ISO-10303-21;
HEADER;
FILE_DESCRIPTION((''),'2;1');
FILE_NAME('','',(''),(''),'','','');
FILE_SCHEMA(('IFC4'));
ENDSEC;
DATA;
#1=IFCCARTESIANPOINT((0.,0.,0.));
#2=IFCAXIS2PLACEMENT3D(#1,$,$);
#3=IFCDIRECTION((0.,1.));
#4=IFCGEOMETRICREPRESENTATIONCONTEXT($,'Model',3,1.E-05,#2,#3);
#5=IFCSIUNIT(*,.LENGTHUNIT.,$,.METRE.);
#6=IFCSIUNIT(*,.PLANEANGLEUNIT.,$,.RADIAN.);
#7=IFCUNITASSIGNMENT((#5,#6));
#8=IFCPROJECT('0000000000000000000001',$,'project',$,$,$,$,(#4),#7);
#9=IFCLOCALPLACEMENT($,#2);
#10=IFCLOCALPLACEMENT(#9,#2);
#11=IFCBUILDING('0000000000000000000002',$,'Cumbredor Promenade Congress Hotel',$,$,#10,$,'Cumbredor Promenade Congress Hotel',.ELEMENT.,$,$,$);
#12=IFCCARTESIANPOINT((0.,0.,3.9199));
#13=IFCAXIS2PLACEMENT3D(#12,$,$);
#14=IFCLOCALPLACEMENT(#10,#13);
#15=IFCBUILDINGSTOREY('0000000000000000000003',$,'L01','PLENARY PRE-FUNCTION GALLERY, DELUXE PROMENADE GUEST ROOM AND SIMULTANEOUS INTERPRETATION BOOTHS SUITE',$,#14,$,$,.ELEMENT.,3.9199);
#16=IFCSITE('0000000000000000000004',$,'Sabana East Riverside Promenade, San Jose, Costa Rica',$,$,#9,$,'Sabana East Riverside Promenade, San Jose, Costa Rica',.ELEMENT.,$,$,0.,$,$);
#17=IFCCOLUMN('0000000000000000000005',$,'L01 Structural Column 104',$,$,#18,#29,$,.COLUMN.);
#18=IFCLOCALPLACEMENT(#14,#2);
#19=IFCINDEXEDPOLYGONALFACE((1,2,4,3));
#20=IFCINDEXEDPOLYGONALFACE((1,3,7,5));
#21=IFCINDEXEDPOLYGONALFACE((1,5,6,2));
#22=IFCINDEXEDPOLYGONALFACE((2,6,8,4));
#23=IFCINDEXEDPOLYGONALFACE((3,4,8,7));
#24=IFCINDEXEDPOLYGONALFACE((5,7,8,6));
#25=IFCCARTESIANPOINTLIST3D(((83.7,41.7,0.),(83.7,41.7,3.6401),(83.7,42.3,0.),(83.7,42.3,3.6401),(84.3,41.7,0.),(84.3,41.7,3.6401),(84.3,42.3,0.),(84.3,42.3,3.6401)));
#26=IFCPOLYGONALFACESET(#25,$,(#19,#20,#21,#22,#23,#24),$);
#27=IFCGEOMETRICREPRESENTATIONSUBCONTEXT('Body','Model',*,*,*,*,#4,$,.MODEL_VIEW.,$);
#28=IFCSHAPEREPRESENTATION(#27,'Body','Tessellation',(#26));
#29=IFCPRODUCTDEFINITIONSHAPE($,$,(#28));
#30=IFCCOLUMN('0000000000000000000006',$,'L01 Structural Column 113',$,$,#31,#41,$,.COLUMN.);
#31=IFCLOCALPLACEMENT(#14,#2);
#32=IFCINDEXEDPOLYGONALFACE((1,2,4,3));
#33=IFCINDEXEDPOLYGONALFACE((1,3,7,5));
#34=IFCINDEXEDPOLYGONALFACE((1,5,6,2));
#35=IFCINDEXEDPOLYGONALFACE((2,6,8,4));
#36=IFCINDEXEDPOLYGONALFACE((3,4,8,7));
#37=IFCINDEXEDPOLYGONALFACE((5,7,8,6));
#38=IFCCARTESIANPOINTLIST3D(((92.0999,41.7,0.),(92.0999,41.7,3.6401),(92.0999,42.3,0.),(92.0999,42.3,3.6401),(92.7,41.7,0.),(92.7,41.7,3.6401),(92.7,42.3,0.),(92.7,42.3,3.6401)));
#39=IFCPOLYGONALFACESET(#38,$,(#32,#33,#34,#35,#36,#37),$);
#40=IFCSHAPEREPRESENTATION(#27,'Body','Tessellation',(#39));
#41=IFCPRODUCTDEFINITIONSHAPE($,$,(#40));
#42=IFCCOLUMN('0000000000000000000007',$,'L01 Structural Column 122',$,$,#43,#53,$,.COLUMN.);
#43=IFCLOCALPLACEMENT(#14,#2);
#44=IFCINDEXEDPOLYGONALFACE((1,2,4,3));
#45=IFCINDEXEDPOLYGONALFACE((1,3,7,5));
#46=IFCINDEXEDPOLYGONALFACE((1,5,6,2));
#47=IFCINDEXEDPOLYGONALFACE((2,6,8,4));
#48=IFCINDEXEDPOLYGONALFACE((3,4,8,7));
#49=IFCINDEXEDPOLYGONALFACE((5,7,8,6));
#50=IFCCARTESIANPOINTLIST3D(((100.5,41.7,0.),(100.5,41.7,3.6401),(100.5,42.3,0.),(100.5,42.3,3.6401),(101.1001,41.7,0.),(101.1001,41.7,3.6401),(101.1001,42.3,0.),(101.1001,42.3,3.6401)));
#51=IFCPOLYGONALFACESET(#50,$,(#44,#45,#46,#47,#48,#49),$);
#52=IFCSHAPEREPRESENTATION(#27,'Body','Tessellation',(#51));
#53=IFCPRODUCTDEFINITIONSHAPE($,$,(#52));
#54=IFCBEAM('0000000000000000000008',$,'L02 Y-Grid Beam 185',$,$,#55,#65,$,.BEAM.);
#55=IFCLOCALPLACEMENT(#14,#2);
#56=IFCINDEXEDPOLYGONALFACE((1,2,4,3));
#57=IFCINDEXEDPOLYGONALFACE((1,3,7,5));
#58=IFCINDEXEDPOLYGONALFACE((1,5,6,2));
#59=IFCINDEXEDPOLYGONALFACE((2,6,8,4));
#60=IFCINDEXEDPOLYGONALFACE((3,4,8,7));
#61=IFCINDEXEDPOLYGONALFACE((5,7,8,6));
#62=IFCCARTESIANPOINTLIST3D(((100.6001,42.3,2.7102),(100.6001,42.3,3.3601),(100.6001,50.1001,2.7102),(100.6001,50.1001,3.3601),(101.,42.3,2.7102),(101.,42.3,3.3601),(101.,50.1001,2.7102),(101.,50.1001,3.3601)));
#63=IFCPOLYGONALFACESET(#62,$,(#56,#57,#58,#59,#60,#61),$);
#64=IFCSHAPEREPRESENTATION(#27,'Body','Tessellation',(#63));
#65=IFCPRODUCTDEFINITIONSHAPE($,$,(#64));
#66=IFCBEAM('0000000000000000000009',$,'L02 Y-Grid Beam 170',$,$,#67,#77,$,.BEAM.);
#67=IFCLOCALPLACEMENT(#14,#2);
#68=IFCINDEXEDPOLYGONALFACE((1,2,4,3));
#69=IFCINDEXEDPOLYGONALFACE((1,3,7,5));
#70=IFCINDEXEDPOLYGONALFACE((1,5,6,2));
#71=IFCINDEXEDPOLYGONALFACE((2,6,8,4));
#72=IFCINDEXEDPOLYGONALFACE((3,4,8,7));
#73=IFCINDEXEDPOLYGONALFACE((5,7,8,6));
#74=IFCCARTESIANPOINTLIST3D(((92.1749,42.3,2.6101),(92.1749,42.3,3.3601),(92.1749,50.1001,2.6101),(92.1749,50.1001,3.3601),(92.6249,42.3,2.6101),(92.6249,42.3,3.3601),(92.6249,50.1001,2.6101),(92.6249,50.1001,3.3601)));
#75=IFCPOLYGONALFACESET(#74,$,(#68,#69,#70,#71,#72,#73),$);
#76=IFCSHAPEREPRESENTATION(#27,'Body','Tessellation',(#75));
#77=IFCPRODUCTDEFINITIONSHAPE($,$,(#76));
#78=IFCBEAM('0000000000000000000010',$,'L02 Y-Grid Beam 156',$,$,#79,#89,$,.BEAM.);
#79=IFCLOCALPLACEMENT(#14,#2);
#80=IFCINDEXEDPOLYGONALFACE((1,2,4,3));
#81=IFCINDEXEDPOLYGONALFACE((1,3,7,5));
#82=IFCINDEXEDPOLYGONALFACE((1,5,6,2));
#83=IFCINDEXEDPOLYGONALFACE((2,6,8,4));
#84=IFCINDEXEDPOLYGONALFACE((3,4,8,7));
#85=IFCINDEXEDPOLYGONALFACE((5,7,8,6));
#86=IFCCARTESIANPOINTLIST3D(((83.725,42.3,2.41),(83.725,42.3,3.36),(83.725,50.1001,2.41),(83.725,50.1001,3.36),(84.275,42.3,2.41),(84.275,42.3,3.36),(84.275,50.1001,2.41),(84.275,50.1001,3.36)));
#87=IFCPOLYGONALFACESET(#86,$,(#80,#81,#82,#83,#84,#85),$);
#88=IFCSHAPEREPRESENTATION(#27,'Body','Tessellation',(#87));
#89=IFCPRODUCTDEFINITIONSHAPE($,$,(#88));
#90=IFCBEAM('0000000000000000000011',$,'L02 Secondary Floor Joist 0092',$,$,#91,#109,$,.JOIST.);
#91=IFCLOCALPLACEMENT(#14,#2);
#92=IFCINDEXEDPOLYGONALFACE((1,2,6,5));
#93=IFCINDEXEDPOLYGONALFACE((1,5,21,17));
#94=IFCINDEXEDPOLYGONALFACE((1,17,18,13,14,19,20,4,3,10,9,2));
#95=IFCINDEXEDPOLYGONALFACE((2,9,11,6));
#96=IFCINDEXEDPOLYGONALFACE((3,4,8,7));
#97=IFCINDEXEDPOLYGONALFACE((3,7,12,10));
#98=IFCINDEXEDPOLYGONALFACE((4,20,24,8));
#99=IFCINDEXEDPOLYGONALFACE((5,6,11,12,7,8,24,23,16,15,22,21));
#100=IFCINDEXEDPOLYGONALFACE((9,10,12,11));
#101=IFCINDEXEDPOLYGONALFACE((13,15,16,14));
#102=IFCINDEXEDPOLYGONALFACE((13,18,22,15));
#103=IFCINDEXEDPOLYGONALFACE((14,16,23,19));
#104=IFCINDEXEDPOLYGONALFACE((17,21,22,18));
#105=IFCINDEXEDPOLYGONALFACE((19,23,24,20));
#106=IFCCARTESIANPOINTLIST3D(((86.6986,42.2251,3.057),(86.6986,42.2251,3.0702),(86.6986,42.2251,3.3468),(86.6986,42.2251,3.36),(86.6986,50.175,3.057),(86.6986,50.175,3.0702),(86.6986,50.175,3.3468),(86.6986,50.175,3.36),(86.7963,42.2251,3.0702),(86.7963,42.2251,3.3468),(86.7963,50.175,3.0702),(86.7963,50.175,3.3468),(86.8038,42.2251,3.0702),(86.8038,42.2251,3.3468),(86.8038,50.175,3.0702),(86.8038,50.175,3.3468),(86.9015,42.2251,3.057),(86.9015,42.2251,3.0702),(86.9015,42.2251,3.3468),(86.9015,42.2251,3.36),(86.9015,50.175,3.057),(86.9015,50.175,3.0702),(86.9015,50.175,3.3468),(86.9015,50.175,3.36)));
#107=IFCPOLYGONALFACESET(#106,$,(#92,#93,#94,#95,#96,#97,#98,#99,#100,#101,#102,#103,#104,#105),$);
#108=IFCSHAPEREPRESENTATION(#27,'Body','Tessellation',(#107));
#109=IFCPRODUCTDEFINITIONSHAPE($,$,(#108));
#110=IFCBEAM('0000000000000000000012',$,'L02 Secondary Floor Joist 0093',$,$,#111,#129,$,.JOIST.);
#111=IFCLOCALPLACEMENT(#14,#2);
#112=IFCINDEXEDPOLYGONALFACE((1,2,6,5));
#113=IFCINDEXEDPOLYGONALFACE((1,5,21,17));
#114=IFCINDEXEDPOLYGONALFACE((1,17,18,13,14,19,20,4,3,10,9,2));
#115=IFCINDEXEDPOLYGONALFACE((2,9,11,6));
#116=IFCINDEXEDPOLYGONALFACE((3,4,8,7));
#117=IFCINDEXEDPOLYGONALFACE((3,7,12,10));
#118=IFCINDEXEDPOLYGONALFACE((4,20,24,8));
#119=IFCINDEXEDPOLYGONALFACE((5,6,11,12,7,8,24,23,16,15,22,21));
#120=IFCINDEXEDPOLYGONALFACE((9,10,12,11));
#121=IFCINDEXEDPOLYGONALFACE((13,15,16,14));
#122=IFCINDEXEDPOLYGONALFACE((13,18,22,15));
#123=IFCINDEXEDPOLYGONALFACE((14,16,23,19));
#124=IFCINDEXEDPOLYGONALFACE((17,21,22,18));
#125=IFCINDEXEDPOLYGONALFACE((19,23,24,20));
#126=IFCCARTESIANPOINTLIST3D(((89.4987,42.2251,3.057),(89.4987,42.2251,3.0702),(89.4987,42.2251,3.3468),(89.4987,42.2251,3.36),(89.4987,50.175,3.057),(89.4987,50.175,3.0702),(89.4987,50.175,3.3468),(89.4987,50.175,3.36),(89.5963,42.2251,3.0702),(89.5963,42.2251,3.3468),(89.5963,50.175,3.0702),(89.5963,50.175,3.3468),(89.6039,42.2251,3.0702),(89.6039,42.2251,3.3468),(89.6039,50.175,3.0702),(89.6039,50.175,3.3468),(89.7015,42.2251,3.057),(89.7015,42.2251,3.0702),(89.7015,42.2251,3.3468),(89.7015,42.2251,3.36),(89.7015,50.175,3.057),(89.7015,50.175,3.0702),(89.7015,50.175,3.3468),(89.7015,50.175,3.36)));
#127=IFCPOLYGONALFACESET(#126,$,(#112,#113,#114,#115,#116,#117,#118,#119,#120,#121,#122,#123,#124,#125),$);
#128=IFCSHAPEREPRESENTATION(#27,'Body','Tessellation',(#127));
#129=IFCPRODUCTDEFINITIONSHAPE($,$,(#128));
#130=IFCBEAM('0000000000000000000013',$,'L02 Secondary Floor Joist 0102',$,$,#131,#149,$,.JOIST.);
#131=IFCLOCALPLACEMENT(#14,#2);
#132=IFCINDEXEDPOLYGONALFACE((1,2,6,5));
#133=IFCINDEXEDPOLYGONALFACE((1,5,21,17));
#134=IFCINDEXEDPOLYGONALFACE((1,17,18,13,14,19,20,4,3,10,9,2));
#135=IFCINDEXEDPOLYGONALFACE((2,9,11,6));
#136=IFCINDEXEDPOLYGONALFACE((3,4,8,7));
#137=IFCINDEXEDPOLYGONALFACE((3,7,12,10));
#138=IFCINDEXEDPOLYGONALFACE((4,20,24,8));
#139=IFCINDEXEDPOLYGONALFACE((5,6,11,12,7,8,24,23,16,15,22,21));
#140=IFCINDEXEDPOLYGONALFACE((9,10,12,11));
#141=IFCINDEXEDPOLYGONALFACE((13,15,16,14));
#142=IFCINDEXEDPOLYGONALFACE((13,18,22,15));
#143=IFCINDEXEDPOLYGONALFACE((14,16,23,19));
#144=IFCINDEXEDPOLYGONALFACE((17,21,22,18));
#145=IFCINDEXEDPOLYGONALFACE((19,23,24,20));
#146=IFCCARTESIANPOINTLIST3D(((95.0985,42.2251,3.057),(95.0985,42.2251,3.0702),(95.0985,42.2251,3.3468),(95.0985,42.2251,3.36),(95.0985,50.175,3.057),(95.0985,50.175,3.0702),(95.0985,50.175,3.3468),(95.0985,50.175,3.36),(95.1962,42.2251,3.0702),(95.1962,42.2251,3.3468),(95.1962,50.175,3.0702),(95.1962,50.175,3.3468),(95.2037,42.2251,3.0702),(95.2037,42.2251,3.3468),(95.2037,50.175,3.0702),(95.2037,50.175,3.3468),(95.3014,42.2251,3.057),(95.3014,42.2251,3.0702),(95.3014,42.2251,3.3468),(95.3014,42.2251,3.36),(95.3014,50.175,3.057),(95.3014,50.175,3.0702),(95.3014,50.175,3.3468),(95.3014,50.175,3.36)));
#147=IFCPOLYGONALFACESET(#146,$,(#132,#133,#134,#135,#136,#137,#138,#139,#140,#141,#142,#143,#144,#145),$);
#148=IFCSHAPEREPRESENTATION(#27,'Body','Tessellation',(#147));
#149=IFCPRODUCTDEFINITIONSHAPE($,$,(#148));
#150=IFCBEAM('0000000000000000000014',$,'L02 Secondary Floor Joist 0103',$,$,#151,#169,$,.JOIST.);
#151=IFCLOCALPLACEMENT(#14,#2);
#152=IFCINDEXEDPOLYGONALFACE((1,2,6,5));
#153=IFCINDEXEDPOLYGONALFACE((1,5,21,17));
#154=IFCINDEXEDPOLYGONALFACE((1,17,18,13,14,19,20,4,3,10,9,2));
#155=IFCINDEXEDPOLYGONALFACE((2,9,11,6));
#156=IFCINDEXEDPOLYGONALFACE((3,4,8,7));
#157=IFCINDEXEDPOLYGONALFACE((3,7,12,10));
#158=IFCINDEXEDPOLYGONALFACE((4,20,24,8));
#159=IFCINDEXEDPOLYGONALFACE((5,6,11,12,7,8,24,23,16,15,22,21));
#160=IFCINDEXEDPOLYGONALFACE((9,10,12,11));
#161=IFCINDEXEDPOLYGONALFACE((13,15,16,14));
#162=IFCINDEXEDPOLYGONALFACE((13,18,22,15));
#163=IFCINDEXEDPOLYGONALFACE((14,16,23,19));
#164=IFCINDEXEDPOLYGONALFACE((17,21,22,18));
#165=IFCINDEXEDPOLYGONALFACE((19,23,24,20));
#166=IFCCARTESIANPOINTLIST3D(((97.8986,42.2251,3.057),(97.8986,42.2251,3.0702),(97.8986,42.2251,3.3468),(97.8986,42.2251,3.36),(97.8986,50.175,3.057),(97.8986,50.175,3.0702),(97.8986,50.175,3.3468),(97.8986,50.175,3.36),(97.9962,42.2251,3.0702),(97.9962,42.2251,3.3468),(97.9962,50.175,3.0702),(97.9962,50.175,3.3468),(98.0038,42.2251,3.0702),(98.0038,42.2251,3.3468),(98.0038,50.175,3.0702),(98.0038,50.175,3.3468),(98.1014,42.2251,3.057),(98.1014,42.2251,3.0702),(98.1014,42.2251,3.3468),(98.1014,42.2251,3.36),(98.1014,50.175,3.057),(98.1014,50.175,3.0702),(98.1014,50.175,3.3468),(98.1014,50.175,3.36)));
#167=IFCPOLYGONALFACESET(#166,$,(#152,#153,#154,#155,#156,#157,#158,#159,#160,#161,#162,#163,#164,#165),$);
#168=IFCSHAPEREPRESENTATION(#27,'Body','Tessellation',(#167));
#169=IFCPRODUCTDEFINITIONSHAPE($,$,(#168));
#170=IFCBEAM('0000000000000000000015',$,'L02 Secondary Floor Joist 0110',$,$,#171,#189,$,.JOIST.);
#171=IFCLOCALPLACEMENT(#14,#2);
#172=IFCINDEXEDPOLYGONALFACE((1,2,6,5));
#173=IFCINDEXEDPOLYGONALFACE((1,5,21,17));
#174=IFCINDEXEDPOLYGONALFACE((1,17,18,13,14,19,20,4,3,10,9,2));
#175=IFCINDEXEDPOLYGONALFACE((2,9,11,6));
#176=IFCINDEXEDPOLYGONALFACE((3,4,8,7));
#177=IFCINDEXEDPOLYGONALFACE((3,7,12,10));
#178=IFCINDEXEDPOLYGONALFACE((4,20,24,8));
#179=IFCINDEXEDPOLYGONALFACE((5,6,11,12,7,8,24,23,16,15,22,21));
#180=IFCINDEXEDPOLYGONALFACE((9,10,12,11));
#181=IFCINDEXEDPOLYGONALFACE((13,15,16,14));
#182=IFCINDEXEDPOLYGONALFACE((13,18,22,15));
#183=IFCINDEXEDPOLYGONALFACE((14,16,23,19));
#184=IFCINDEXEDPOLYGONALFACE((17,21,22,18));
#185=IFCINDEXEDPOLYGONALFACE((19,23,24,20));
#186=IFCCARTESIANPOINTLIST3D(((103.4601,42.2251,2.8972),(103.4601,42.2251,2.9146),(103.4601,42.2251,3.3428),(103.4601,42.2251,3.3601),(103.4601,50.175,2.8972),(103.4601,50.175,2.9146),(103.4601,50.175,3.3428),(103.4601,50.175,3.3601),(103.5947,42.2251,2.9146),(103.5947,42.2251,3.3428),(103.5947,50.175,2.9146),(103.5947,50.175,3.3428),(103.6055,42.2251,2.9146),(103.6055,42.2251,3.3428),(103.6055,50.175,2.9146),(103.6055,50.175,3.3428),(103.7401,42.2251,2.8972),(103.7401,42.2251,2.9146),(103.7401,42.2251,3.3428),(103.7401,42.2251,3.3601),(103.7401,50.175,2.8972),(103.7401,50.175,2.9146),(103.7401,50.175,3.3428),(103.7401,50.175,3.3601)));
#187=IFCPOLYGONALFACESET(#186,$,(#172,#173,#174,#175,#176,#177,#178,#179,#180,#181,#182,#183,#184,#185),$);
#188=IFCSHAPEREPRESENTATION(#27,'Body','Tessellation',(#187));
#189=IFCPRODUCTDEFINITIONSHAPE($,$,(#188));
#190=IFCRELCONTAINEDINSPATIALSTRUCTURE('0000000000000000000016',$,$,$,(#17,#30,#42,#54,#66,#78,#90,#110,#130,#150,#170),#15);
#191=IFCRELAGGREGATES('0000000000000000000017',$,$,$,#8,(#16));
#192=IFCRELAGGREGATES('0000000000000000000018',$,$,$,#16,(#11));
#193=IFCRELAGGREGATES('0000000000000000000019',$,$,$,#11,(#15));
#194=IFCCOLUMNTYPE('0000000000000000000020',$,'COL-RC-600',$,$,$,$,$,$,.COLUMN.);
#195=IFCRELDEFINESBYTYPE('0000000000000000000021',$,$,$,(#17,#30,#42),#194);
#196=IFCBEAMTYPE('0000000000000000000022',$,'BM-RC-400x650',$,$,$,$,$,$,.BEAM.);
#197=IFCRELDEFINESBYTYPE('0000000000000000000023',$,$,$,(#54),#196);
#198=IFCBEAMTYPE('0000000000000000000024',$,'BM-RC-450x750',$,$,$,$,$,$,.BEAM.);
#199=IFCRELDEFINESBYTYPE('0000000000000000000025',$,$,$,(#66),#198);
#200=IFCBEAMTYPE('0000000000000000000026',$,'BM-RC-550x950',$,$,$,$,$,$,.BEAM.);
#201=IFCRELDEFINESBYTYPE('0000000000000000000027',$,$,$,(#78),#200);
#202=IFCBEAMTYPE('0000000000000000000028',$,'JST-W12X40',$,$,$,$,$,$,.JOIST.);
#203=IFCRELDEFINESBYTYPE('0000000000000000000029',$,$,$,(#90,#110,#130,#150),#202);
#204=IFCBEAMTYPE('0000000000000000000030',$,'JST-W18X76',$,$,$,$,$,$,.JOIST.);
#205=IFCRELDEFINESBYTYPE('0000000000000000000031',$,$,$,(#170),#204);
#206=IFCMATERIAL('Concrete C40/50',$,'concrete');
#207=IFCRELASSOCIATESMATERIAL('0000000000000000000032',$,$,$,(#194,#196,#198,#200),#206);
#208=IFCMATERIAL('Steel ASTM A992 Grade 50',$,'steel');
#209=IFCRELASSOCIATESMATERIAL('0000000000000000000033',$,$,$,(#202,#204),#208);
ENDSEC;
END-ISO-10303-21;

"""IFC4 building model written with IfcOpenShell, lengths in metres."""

from ifc_helpers import new_model, si_unit, direction, frame, origin, origin_2d, place, context, subcontext, project, spatial, rectangle, i_section, extrude, material, material_profile, profile_set, type_object, element, save


model = new_model("IFC4")

# Units and contexts
model_context = context("Model", 3, precision=1e-05, world=origin(), true_north=direction((0.0, 1.0)))
body_context = subcontext(model_context, "Body", "Model", "MODEL_VIEW")
ifc_project = project(units=[si_unit("LENGTHUNIT", "METRE"), si_unit("PLANEANGLEUNIT", "RADIAN")], contexts=[model_context])

# Site, building, storey
site_placement = place(None, origin())
site = spatial("IfcSite", under=ifc_project, at=site_placement, Name="Sabana East Riverside Promenade, San Jose, Costa Rica", LongName="Sabana East Riverside Promenade, San Jose, Costa Rica", CompositionType="ELEMENT", RefElevation=0.0)
building_placement = place(site_placement, origin())
building = spatial("IfcBuilding", under=site, at=building_placement, Name="Cumbredor Promenade Congress Hotel", LongName="Cumbredor Promenade Congress Hotel", CompositionType="ELEMENT")
storey_placement = place(building_placement, frame((0.0, 0.0, 3.9199)))
storey = spatial("IfcBuildingStorey", under=building, at=storey_placement, Name="L01", Description="PLENARY PRE-FUNCTION GALLERY, DELUXE PROMENADE GUEST ROOM AND SIMULTANEOUS INTERPRETATION BOOTHS SUITE", CompositionType="ELEMENT", Elevation=3.9199)

# Columns
ifc_material_1 = material(Name="Concrete C40/50", Category="concrete")
ifc_material_profile_1 = material_profile(ifc_material_1, rectangle(XDim=0.6001, YDim=0.6001, at=origin_2d()), Name="RC 600x600")
ifc_profile_set_1 = profile_set([ifc_material_profile_1], Name="Concrete C40/50")
column_type = type_object("IfcColumnType", Name="COL-RC-600", PredefinedType="COLUMN", material=ifc_profile_set_1)
for number, where, z_axis, x_axis, name in (
    (1, (84.0, 42.0, 0.0), (0.0, 0.0, 1.0), (1.0, 0.0, 0.0), "L01 Structural Column 104"),
    (2, (92.3999, 42.0, 0.0), (0.0, 0.0, 1.0), (1.0, 0.0, 0.0), "L01 Structural Column 113"),
    (3, (100.8, 42.0, 0.0), (0.0, 0.0, 1.0), (1.0, 0.0, 0.0), "L01 Structural Column 122"),
):
    element("IfcColumn", number, at=place(storey_placement, frame(where, z_axis=z_axis, x_axis=x_axis)), inside=storey, type_object=column_type, Name=name, PredefinedType="COLUMN", context=body_context, shape_type="SweptSolid", body=[
        extrude(rectangle(XDim=0.6001, YDim=0.6001, at=origin_2d()), origin(), (0.0, 0.0, 1.0), 3.6401),
    ])

# Beams
ifc_material_profile_2 = material_profile(ifc_material_1, rectangle(XDim=0.3999, YDim=0.6499, at=origin_2d()), Name="RC BEAM 400x650")
ifc_profile_set_2 = profile_set([ifc_material_profile_2], Name="Concrete C40/50")
beam_type_1 = type_object("IfcBeamType", Name="BM-RC-400x650", PredefinedType="BEAM", material=ifc_profile_set_2)
beam_1_placement = place(storey_placement, frame((100.8, 42.3, 3.0352), z_axis=(0.0, 1.0, 0.0), x_axis=(-1.0, 0.0, 0.0)))
element("IfcBeam", 4, at=beam_1_placement, inside=storey, type_object=beam_type_1, Name="L02 Y-Grid Beam 185", PredefinedType="BEAM", context=body_context, shape_type="SweptSolid", body=[
    extrude(rectangle(XDim=0.3999, YDim=0.6499, at=origin_2d()), origin(), (0.0, 0.0, 1.0), 7.8),
])
ifc_material_profile_3 = material_profile(ifc_material_1, rectangle(XDim=0.45, YDim=0.75, at=origin_2d()), Name="RC BEAM 450x750")
ifc_profile_set_3 = profile_set([ifc_material_profile_3], Name="Concrete C40/50")
beam_type_2 = type_object("IfcBeamType", Name="BM-RC-450x750", PredefinedType="BEAM", material=ifc_profile_set_3)
beam_2_placement = place(storey_placement, frame((92.3999, 42.3, 2.9851), z_axis=(0.0, 1.0, 0.0), x_axis=(-1.0, 0.0, 0.0)))
element("IfcBeam", 5, at=beam_2_placement, inside=storey, type_object=beam_type_2, Name="L02 Y-Grid Beam 170", PredefinedType="BEAM", context=body_context, shape_type="SweptSolid", body=[
    extrude(rectangle(XDim=0.45, YDim=0.75, at=origin_2d()), origin(), (0.0, 0.0, 1.0), 7.8),
])
ifc_material_profile_4 = material_profile(ifc_material_1, rectangle(XDim=0.55, YDim=0.95, at=origin_2d()), Name="RC BEAM 550x950")
ifc_profile_set_4 = profile_set([ifc_material_profile_4], Name="Concrete C40/50")
beam_type_3 = type_object("IfcBeamType", Name="BM-RC-550x950", PredefinedType="BEAM", material=ifc_profile_set_4)
beam_3_placement = place(storey_placement, frame((84.0, 42.3, 2.885), z_axis=(0.0, 1.0, 0.0), x_axis=(-1.0, 0.0, 0.0)))
element("IfcBeam", 6, at=beam_3_placement, inside=storey, type_object=beam_type_3, Name="L02 Y-Grid Beam 156", PredefinedType="BEAM", context=body_context, shape_type="SweptSolid", body=[
    extrude(rectangle(XDim=0.55, YDim=0.95, at=origin_2d()), origin(), (0.0, 0.0, 1.0), 7.8),
])
ifc_material_2 = material(Name="Steel ASTM A992 Grade 50", Category="steel")
ifc_material_profile_5 = material_profile(ifc_material_2, i_section(OverallWidth=0.2029, OverallDepth=0.303, WebThickness=0.0076, FlangeThickness=0.0132, at=origin_2d()), Name="W12X40")
ifc_profile_set_5 = profile_set([ifc_material_profile_5], Name="Steel ASTM A992 Grade 50")
beam_type_4 = type_object("IfcBeamType", Name="JST-W12X40", PredefinedType="JOIST", material=ifc_profile_set_5)
for number, where, z_axis, x_axis, name in (
    (7, (86.8, 42.2251, 3.2085), (0.0, 1.0, 0.0), (-1.0, 0.0, 0.0), "L02 Secondary Floor Joist 0092"),
    (8, (89.6001, 42.2251, 3.2085), (0.0, 1.0, 0.0), (-1.0, 0.0, 0.0), "L02 Secondary Floor Joist 0093"),
    (9, (95.2, 42.2251, 3.2085), (0.0, 1.0, 0.0), (-1.0, 0.0, 0.0), "L02 Secondary Floor Joist 0102"),
    (10, (98.0, 42.2251, 3.2085), (0.0, 1.0, 0.0), (-1.0, 0.0, 0.0), "L02 Secondary Floor Joist 0103"),
):
    element("IfcBeam", number, at=place(storey_placement, frame(where, z_axis=z_axis, x_axis=x_axis)), inside=storey, type_object=beam_type_4, Name=name, PredefinedType="JOIST", context=body_context, shape_type="SweptSolid", body=[
        extrude(i_section(OverallWidth=0.2029, OverallDepth=0.303, WebThickness=0.0076, FlangeThickness=0.0132, at=origin_2d()), origin(), (0.0, 0.0, 1.0), 7.95),
    ])
ifc_material_profile_6 = material_profile(ifc_material_2, i_section(OverallWidth=0.28, OverallDepth=0.4629, WebThickness=0.0107, FlangeThickness=0.0173, at=origin_2d()), Name="W18X76")
ifc_profile_set_6 = profile_set([ifc_material_profile_6], Name="Steel ASTM A992 Grade 50")
beam_type_5 = type_object("IfcBeamType", Name="JST-W18X76", PredefinedType="JOIST", material=ifc_profile_set_6)
for number, where, z_axis, x_axis, name in (
    (11, (103.6001, 42.2251, 3.1287), (0.0, 1.0, 0.0), (-1.0, 0.0, 0.0), "L02 Secondary Floor Joist 0110"),
):
    element("IfcBeam", number, at=place(storey_placement, frame(where, z_axis=z_axis, x_axis=x_axis)), inside=storey, type_object=beam_type_5, Name=name, PredefinedType="JOIST", context=body_context, shape_type="SweptSolid", body=[
        extrude(i_section(OverallWidth=0.28, OverallDepth=0.4629, WebThickness=0.0107, FlangeThickness=0.0173, at=origin_2d()), origin(), (0.0, 0.0, 1.0), 7.95),
    ])

save(model, "model.ifc")
